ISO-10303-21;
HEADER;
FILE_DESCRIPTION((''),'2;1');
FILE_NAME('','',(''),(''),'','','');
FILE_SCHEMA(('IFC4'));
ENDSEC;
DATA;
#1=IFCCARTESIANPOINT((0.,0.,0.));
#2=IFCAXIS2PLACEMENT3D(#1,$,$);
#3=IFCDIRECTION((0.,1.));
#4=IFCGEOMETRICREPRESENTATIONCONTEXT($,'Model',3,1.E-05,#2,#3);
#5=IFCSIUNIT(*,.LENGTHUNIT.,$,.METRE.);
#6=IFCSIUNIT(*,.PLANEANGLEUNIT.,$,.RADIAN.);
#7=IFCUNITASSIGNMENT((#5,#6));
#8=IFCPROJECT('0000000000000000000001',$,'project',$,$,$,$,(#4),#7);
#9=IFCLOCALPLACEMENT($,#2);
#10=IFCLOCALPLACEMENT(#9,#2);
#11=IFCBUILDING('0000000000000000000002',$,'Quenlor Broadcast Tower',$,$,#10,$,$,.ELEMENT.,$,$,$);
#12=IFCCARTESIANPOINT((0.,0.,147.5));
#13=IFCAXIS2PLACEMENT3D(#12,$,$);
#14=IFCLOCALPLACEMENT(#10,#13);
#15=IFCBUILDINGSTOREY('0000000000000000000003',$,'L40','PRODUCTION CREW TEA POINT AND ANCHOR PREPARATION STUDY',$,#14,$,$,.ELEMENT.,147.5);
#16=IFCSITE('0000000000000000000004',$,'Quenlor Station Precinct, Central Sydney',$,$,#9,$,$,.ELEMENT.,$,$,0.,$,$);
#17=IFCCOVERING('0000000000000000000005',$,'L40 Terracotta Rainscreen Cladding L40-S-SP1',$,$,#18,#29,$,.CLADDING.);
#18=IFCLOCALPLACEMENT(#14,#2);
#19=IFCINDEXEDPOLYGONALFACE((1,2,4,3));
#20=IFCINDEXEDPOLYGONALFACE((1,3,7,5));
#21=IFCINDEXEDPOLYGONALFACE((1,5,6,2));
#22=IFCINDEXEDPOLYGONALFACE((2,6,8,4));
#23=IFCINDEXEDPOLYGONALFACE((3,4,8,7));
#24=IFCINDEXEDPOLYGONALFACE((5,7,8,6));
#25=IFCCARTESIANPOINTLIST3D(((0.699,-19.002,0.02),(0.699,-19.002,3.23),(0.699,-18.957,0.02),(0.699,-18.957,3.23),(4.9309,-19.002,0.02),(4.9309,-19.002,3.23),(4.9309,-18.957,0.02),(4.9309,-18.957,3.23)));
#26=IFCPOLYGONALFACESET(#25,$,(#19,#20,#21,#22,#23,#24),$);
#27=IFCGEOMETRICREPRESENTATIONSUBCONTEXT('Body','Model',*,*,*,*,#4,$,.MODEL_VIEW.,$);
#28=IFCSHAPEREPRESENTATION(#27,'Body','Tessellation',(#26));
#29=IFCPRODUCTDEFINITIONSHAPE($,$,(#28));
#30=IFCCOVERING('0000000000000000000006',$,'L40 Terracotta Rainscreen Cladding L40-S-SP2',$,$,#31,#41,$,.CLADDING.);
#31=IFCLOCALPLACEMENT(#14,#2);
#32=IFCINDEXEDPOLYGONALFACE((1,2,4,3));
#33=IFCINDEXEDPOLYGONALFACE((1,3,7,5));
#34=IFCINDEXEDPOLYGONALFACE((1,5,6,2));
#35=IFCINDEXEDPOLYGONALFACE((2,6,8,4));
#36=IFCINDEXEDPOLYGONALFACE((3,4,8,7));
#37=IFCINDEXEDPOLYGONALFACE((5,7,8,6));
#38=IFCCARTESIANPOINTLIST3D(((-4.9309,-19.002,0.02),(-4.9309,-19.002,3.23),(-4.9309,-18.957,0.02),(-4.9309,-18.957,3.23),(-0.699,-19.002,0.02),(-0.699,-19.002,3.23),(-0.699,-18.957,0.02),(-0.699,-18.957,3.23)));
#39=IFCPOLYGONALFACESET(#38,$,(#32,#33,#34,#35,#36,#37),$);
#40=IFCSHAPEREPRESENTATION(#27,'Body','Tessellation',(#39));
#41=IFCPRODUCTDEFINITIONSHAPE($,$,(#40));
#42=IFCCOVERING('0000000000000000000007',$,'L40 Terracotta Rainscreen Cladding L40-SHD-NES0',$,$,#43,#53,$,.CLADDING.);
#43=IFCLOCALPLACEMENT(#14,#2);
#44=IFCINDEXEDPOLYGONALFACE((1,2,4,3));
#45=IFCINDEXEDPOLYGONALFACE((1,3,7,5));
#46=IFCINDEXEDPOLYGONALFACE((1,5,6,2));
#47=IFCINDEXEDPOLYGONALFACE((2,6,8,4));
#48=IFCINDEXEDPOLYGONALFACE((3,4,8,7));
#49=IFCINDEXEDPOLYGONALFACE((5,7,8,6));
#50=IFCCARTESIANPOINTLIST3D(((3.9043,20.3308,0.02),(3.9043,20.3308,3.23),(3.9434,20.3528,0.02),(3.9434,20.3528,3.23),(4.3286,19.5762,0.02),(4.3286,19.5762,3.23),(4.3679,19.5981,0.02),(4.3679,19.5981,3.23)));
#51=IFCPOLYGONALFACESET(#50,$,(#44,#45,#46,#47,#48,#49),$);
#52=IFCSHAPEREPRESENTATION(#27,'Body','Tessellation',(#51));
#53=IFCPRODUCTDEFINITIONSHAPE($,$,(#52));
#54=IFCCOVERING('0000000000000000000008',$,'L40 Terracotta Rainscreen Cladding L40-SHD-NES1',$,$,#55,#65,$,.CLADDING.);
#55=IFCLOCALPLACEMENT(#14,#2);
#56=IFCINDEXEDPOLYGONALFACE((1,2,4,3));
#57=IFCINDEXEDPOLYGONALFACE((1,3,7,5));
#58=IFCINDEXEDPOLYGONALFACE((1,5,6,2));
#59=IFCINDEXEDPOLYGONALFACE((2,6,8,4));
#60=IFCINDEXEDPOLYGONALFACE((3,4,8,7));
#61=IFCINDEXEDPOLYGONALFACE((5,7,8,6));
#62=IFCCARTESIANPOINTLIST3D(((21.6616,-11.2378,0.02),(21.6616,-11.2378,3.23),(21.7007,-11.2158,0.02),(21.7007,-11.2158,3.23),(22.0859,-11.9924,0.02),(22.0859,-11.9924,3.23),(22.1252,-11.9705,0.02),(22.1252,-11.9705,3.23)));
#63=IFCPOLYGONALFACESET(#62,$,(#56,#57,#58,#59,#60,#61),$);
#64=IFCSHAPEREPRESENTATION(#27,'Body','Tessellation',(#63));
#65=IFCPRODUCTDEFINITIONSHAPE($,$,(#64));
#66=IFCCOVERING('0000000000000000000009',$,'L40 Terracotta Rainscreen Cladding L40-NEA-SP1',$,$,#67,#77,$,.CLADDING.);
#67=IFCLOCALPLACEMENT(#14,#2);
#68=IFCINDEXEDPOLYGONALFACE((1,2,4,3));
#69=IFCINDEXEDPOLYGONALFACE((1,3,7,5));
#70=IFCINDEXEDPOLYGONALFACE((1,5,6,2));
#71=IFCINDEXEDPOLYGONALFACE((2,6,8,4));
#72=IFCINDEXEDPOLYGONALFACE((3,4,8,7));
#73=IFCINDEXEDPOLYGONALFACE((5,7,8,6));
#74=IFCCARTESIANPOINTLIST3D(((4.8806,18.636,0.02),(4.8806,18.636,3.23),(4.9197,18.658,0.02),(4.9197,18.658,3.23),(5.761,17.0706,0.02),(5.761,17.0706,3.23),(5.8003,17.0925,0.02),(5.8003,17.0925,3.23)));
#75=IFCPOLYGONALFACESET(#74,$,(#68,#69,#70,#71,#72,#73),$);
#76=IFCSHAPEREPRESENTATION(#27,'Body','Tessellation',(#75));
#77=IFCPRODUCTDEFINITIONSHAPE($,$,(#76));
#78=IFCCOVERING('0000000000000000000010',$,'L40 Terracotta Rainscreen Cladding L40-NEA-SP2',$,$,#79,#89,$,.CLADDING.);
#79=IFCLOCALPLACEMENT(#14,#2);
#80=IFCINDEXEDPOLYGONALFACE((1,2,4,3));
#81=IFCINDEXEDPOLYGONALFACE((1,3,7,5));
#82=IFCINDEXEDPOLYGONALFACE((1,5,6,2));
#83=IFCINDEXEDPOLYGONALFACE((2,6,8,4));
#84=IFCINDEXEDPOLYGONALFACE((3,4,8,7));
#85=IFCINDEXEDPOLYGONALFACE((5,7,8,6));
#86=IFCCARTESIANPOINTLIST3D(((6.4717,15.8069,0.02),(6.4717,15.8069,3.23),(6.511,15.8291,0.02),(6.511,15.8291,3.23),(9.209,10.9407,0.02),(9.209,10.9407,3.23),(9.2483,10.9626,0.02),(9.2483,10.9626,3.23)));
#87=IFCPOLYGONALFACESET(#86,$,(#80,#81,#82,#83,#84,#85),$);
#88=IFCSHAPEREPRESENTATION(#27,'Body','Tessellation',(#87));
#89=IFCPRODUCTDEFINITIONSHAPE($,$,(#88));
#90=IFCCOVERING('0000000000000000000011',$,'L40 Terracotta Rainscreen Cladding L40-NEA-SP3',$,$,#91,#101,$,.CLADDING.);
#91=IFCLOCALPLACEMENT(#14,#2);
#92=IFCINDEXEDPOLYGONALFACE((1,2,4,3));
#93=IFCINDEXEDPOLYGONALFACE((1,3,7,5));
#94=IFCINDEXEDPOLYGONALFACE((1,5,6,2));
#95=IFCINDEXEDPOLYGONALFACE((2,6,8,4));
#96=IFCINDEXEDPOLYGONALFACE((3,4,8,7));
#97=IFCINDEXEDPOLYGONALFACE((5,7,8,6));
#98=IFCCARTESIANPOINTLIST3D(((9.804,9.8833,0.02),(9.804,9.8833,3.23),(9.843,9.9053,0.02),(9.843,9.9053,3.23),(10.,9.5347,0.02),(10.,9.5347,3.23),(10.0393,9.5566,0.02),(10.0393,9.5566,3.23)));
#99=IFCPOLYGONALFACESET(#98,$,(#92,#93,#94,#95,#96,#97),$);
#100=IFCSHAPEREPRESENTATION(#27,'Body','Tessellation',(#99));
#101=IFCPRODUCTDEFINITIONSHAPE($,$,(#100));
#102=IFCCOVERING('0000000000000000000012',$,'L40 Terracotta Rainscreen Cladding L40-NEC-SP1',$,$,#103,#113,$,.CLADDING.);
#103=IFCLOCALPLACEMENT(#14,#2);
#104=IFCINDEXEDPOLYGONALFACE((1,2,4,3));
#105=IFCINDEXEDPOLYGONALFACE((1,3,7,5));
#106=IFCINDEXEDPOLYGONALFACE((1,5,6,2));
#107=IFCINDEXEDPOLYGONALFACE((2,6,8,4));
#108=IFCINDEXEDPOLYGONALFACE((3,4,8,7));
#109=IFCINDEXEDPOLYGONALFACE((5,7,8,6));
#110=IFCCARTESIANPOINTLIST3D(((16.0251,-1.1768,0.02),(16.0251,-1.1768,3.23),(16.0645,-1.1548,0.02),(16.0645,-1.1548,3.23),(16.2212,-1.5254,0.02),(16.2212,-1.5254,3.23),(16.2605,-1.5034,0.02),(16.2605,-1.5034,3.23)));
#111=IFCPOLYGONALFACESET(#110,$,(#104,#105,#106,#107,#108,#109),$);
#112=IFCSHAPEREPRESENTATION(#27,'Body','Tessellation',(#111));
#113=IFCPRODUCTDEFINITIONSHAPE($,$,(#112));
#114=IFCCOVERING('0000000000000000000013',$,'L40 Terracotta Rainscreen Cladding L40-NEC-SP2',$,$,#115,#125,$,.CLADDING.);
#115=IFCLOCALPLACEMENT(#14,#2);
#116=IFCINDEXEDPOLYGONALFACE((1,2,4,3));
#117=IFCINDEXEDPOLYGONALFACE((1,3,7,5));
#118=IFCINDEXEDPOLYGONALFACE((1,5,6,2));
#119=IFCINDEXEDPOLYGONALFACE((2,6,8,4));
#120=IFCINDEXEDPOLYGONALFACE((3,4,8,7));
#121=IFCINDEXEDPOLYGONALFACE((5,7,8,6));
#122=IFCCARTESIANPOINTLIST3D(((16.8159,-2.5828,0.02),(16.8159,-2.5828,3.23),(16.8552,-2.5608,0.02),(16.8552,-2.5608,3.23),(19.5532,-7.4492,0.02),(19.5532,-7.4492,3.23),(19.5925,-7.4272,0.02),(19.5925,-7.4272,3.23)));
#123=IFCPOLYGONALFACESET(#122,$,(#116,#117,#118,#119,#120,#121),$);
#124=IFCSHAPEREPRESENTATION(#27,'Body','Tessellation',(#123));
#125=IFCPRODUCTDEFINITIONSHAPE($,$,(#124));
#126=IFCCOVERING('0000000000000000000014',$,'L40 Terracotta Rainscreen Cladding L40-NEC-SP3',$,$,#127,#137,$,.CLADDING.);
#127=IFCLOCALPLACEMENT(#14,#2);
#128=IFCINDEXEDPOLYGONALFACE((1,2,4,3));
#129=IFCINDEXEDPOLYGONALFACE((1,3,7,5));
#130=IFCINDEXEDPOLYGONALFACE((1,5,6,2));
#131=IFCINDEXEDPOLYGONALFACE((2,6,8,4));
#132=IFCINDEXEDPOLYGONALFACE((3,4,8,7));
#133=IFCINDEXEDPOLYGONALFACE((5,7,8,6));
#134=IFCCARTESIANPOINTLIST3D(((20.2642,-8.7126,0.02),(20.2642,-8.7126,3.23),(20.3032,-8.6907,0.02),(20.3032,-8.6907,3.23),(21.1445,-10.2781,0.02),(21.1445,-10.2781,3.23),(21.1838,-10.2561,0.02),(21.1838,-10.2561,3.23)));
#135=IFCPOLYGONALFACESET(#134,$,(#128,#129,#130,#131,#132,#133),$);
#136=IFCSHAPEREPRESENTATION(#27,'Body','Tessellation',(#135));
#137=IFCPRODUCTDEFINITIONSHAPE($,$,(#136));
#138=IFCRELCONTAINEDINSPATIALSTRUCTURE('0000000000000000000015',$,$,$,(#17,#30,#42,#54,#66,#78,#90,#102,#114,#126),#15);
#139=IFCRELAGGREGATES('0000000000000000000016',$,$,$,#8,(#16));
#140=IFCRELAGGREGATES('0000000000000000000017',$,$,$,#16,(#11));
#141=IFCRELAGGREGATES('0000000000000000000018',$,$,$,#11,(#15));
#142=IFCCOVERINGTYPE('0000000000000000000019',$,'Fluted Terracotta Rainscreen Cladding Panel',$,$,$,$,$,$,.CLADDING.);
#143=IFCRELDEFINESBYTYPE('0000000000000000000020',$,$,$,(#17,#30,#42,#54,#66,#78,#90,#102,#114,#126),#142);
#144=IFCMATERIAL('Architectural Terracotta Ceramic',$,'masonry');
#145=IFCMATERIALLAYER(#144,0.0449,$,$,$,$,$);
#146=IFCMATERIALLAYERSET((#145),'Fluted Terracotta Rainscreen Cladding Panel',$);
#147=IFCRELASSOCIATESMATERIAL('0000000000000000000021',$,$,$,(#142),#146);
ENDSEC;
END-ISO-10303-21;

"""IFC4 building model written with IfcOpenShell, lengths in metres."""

from ifc_helpers import new_model, si_unit, direction, frame, origin, place, context, subcontext, project, spatial, polyline, outline, extrude, material, layer, layer_set, type_object, element, save


model = new_model("IFC4")

# Units and contexts
model_context = context("Model", 3, precision=1e-05, world=origin(), true_north=direction((0.0, 1.0)))
body_context = subcontext(model_context, "Body", "Model", "MODEL_VIEW")
ifc_project = project(units=[si_unit("LENGTHUNIT", "METRE"), si_unit("PLANEANGLEUNIT", "RADIAN")], contexts=[model_context])

# Site, building, storey
site_placement = place(None, origin())
site = spatial("IfcSite", under=ifc_project, at=site_placement, Name="Quenlor Station Precinct, Central Sydney", CompositionType="ELEMENT", RefElevation=0.0)
building_placement = place(site_placement, origin())
building = spatial("IfcBuilding", under=site, at=building_placement, Name="Quenlor Broadcast Tower", CompositionType="ELEMENT")
storey_placement = place(building_placement, frame((0.0, 0.0, 147.5)))
storey = spatial("IfcBuildingStorey", under=building, at=storey_placement, Name="L40", Description="PRODUCTION CREW TEA POINT AND ANCHOR PREPARATION STUDY", CompositionType="ELEMENT", Elevation=147.5)

# Coverings
ifc_material_1 = material(Name="Architectural Terracotta Ceramic", Category="masonry")
ifc_layer_1 = layer(ifc_material_1, 0.0449)
ifc_layer_set_1 = layer_set([ifc_layer_1], Name="Fluted Terracotta Rainscreen Cladding Panel")
covering_type = type_object("IfcCoveringType", Name="Fluted Terracotta Rainscreen Cladding Panel", PredefinedType="CLADDING", material=ifc_layer_set_1)
covering_1_placement = place(storey_placement, frame((0.0, 0.0, 0.02)))
element("IfcCovering", 1, at=covering_1_placement, inside=storey, type_object=covering_type, Name="L40 Terracotta Rainscreen Cladding L40-S-SP1", PredefinedType="CLADDING", context=body_context, shape_type="SweptSolid", body=[
    extrude(outline(polyline([(4.9309, -18.957), (0.699, -18.957), (0.699, -19.002), (4.9309, -19.002), (4.9309, -18.957)])), origin(), (0.0, 0.0, 1.0), 3.21),
])
covering_2_placement = place(storey_placement, frame((0.0, 0.0, 0.02)))
element("IfcCovering", 2, at=covering_2_placement, inside=storey, type_object=covering_type, Name="L40 Terracotta Rainscreen Cladding L40-S-SP2", PredefinedType="CLADDING", context=body_context, shape_type="SweptSolid", body=[
    extrude(outline(polyline([(-0.699, -18.957), (-4.9309, -18.957), (-4.9309, -19.002), (-0.699, -19.002), (-0.699, -18.957)])), origin(), (0.0, 0.0, 1.0), 3.21),
])
covering_3_placement = place(storey_placement, frame((0.0, 0.0, 0.02)))
element("IfcCovering", 3, at=covering_3_placement, inside=storey, type_object=covering_type, Name="L40 Terracotta Rainscreen Cladding L40-SHD-NES0", PredefinedType="CLADDING", context=body_context, shape_type="SweptSolid", body=[
    extrude(outline(polyline([(3.9043, 20.3308), (4.3286, 19.5762), (4.3679, 19.5981), (3.9434, 20.3528), (3.9043, 20.3308)])), origin(), (0.0, 0.0, 1.0), 3.21),
])
covering_4_placement = place(storey_placement, frame((0.0, 0.0, 0.02)))
element("IfcCovering", 4, at=covering_4_placement, inside=storey, type_object=covering_type, Name="L40 Terracotta Rainscreen Cladding L40-SHD-NES1", PredefinedType="CLADDING", context=body_context, shape_type="SweptSolid", body=[
    extrude(outline(polyline([(21.6616, -11.2378), (22.0859, -11.9924), (22.1252, -11.9705), (21.7007, -11.2158), (21.6616, -11.2378)])), origin(), (0.0, 0.0, 1.0), 3.21),
])
covering_5_placement = place(storey_placement, frame((0.0, 0.0, 0.02)))
element("IfcCovering", 5, at=covering_5_placement, inside=storey, type_object=covering_type, Name="L40 Terracotta Rainscreen Cladding L40-NEA-SP1", PredefinedType="CLADDING", context=body_context, shape_type="SweptSolid", body=[
    extrude(outline(polyline([(4.8806, 18.636), (5.761, 17.0706), (5.8003, 17.0925), (4.9197, 18.658), (4.8806, 18.636)])), origin(), (0.0, 0.0, 1.0), 3.21),
])
covering_6_placement = place(storey_placement, frame((0.0, 0.0, 0.02)))
element("IfcCovering", 6, at=covering_6_placement, inside=storey, type_object=covering_type, Name="L40 Terracotta Rainscreen Cladding L40-NEA-SP2", PredefinedType="CLADDING", context=body_context, shape_type="SweptSolid", body=[
    extrude(outline(polyline([(6.4717, 15.8069), (9.209, 10.9407), (9.2483, 10.9626), (6.511, 15.8291), (6.4717, 15.8069)])), origin(), (0.0, 0.0, 1.0), 3.21),
])
covering_7_placement = place(storey_placement, frame((0.0, 0.0, 0.02)))
element("IfcCovering", 7, at=covering_7_placement, inside=storey, type_object=covering_type, Name="L40 Terracotta Rainscreen Cladding L40-NEA-SP3", PredefinedType="CLADDING", context=body_context, shape_type="SweptSolid", body=[
    extrude(outline(polyline([(9.804, 9.8833), (10.0, 9.5347), (10.0393, 9.5566), (9.843, 9.9053), (9.804, 9.8833)])), origin(), (0.0, 0.0, 1.0), 3.21),
])
covering_8_placement = place(storey_placement, frame((0.0, 0.0, 0.02)))
element("IfcCovering", 8, at=covering_8_placement, inside=storey, type_object=covering_type, Name="L40 Terracotta Rainscreen Cladding L40-NEC-SP1", PredefinedType="CLADDING", context=body_context, shape_type="SweptSolid", body=[
    extrude(outline(polyline([(16.0251, -1.1768), (16.2212, -1.5254), (16.2605, -1.5034), (16.0645, -1.1548), (16.0251, -1.1768)])), origin(), (0.0, 0.0, 1.0), 3.21),
])
covering_9_placement = place(storey_placement, frame((0.0, 0.0, 0.02)))
element("IfcCovering", 9, at=covering_9_placement, inside=storey, type_object=covering_type, Name="L40 Terracotta Rainscreen Cladding L40-NEC-SP2", PredefinedType="CLADDING", context=body_context, shape_type="SweptSolid", body=[
    extrude(outline(polyline([(16.8159, -2.5828), (19.5532, -7.4492), (19.5925, -7.4272), (16.8552, -2.5608), (16.8159, -2.5828)])), origin(), (0.0, 0.0, 1.0), 3.21),
])
covering_10_placement = place(storey_placement, frame((0.0, 0.0, 0.02)))
element("IfcCovering", 10, at=covering_10_placement, inside=storey, type_object=covering_type, Name="L40 Terracotta Rainscreen Cladding L40-NEC-SP3", PredefinedType="CLADDING", context=body_context, shape_type="SweptSolid", body=[
    extrude(outline(polyline([(20.2642, -8.7126), (21.1445, -10.2781), (21.1838, -10.2561), (20.3032, -8.6907), (20.2642, -8.7126)])), origin(), (0.0, 0.0, 1.0), 3.21),
])

save(model, "model.ifc")
